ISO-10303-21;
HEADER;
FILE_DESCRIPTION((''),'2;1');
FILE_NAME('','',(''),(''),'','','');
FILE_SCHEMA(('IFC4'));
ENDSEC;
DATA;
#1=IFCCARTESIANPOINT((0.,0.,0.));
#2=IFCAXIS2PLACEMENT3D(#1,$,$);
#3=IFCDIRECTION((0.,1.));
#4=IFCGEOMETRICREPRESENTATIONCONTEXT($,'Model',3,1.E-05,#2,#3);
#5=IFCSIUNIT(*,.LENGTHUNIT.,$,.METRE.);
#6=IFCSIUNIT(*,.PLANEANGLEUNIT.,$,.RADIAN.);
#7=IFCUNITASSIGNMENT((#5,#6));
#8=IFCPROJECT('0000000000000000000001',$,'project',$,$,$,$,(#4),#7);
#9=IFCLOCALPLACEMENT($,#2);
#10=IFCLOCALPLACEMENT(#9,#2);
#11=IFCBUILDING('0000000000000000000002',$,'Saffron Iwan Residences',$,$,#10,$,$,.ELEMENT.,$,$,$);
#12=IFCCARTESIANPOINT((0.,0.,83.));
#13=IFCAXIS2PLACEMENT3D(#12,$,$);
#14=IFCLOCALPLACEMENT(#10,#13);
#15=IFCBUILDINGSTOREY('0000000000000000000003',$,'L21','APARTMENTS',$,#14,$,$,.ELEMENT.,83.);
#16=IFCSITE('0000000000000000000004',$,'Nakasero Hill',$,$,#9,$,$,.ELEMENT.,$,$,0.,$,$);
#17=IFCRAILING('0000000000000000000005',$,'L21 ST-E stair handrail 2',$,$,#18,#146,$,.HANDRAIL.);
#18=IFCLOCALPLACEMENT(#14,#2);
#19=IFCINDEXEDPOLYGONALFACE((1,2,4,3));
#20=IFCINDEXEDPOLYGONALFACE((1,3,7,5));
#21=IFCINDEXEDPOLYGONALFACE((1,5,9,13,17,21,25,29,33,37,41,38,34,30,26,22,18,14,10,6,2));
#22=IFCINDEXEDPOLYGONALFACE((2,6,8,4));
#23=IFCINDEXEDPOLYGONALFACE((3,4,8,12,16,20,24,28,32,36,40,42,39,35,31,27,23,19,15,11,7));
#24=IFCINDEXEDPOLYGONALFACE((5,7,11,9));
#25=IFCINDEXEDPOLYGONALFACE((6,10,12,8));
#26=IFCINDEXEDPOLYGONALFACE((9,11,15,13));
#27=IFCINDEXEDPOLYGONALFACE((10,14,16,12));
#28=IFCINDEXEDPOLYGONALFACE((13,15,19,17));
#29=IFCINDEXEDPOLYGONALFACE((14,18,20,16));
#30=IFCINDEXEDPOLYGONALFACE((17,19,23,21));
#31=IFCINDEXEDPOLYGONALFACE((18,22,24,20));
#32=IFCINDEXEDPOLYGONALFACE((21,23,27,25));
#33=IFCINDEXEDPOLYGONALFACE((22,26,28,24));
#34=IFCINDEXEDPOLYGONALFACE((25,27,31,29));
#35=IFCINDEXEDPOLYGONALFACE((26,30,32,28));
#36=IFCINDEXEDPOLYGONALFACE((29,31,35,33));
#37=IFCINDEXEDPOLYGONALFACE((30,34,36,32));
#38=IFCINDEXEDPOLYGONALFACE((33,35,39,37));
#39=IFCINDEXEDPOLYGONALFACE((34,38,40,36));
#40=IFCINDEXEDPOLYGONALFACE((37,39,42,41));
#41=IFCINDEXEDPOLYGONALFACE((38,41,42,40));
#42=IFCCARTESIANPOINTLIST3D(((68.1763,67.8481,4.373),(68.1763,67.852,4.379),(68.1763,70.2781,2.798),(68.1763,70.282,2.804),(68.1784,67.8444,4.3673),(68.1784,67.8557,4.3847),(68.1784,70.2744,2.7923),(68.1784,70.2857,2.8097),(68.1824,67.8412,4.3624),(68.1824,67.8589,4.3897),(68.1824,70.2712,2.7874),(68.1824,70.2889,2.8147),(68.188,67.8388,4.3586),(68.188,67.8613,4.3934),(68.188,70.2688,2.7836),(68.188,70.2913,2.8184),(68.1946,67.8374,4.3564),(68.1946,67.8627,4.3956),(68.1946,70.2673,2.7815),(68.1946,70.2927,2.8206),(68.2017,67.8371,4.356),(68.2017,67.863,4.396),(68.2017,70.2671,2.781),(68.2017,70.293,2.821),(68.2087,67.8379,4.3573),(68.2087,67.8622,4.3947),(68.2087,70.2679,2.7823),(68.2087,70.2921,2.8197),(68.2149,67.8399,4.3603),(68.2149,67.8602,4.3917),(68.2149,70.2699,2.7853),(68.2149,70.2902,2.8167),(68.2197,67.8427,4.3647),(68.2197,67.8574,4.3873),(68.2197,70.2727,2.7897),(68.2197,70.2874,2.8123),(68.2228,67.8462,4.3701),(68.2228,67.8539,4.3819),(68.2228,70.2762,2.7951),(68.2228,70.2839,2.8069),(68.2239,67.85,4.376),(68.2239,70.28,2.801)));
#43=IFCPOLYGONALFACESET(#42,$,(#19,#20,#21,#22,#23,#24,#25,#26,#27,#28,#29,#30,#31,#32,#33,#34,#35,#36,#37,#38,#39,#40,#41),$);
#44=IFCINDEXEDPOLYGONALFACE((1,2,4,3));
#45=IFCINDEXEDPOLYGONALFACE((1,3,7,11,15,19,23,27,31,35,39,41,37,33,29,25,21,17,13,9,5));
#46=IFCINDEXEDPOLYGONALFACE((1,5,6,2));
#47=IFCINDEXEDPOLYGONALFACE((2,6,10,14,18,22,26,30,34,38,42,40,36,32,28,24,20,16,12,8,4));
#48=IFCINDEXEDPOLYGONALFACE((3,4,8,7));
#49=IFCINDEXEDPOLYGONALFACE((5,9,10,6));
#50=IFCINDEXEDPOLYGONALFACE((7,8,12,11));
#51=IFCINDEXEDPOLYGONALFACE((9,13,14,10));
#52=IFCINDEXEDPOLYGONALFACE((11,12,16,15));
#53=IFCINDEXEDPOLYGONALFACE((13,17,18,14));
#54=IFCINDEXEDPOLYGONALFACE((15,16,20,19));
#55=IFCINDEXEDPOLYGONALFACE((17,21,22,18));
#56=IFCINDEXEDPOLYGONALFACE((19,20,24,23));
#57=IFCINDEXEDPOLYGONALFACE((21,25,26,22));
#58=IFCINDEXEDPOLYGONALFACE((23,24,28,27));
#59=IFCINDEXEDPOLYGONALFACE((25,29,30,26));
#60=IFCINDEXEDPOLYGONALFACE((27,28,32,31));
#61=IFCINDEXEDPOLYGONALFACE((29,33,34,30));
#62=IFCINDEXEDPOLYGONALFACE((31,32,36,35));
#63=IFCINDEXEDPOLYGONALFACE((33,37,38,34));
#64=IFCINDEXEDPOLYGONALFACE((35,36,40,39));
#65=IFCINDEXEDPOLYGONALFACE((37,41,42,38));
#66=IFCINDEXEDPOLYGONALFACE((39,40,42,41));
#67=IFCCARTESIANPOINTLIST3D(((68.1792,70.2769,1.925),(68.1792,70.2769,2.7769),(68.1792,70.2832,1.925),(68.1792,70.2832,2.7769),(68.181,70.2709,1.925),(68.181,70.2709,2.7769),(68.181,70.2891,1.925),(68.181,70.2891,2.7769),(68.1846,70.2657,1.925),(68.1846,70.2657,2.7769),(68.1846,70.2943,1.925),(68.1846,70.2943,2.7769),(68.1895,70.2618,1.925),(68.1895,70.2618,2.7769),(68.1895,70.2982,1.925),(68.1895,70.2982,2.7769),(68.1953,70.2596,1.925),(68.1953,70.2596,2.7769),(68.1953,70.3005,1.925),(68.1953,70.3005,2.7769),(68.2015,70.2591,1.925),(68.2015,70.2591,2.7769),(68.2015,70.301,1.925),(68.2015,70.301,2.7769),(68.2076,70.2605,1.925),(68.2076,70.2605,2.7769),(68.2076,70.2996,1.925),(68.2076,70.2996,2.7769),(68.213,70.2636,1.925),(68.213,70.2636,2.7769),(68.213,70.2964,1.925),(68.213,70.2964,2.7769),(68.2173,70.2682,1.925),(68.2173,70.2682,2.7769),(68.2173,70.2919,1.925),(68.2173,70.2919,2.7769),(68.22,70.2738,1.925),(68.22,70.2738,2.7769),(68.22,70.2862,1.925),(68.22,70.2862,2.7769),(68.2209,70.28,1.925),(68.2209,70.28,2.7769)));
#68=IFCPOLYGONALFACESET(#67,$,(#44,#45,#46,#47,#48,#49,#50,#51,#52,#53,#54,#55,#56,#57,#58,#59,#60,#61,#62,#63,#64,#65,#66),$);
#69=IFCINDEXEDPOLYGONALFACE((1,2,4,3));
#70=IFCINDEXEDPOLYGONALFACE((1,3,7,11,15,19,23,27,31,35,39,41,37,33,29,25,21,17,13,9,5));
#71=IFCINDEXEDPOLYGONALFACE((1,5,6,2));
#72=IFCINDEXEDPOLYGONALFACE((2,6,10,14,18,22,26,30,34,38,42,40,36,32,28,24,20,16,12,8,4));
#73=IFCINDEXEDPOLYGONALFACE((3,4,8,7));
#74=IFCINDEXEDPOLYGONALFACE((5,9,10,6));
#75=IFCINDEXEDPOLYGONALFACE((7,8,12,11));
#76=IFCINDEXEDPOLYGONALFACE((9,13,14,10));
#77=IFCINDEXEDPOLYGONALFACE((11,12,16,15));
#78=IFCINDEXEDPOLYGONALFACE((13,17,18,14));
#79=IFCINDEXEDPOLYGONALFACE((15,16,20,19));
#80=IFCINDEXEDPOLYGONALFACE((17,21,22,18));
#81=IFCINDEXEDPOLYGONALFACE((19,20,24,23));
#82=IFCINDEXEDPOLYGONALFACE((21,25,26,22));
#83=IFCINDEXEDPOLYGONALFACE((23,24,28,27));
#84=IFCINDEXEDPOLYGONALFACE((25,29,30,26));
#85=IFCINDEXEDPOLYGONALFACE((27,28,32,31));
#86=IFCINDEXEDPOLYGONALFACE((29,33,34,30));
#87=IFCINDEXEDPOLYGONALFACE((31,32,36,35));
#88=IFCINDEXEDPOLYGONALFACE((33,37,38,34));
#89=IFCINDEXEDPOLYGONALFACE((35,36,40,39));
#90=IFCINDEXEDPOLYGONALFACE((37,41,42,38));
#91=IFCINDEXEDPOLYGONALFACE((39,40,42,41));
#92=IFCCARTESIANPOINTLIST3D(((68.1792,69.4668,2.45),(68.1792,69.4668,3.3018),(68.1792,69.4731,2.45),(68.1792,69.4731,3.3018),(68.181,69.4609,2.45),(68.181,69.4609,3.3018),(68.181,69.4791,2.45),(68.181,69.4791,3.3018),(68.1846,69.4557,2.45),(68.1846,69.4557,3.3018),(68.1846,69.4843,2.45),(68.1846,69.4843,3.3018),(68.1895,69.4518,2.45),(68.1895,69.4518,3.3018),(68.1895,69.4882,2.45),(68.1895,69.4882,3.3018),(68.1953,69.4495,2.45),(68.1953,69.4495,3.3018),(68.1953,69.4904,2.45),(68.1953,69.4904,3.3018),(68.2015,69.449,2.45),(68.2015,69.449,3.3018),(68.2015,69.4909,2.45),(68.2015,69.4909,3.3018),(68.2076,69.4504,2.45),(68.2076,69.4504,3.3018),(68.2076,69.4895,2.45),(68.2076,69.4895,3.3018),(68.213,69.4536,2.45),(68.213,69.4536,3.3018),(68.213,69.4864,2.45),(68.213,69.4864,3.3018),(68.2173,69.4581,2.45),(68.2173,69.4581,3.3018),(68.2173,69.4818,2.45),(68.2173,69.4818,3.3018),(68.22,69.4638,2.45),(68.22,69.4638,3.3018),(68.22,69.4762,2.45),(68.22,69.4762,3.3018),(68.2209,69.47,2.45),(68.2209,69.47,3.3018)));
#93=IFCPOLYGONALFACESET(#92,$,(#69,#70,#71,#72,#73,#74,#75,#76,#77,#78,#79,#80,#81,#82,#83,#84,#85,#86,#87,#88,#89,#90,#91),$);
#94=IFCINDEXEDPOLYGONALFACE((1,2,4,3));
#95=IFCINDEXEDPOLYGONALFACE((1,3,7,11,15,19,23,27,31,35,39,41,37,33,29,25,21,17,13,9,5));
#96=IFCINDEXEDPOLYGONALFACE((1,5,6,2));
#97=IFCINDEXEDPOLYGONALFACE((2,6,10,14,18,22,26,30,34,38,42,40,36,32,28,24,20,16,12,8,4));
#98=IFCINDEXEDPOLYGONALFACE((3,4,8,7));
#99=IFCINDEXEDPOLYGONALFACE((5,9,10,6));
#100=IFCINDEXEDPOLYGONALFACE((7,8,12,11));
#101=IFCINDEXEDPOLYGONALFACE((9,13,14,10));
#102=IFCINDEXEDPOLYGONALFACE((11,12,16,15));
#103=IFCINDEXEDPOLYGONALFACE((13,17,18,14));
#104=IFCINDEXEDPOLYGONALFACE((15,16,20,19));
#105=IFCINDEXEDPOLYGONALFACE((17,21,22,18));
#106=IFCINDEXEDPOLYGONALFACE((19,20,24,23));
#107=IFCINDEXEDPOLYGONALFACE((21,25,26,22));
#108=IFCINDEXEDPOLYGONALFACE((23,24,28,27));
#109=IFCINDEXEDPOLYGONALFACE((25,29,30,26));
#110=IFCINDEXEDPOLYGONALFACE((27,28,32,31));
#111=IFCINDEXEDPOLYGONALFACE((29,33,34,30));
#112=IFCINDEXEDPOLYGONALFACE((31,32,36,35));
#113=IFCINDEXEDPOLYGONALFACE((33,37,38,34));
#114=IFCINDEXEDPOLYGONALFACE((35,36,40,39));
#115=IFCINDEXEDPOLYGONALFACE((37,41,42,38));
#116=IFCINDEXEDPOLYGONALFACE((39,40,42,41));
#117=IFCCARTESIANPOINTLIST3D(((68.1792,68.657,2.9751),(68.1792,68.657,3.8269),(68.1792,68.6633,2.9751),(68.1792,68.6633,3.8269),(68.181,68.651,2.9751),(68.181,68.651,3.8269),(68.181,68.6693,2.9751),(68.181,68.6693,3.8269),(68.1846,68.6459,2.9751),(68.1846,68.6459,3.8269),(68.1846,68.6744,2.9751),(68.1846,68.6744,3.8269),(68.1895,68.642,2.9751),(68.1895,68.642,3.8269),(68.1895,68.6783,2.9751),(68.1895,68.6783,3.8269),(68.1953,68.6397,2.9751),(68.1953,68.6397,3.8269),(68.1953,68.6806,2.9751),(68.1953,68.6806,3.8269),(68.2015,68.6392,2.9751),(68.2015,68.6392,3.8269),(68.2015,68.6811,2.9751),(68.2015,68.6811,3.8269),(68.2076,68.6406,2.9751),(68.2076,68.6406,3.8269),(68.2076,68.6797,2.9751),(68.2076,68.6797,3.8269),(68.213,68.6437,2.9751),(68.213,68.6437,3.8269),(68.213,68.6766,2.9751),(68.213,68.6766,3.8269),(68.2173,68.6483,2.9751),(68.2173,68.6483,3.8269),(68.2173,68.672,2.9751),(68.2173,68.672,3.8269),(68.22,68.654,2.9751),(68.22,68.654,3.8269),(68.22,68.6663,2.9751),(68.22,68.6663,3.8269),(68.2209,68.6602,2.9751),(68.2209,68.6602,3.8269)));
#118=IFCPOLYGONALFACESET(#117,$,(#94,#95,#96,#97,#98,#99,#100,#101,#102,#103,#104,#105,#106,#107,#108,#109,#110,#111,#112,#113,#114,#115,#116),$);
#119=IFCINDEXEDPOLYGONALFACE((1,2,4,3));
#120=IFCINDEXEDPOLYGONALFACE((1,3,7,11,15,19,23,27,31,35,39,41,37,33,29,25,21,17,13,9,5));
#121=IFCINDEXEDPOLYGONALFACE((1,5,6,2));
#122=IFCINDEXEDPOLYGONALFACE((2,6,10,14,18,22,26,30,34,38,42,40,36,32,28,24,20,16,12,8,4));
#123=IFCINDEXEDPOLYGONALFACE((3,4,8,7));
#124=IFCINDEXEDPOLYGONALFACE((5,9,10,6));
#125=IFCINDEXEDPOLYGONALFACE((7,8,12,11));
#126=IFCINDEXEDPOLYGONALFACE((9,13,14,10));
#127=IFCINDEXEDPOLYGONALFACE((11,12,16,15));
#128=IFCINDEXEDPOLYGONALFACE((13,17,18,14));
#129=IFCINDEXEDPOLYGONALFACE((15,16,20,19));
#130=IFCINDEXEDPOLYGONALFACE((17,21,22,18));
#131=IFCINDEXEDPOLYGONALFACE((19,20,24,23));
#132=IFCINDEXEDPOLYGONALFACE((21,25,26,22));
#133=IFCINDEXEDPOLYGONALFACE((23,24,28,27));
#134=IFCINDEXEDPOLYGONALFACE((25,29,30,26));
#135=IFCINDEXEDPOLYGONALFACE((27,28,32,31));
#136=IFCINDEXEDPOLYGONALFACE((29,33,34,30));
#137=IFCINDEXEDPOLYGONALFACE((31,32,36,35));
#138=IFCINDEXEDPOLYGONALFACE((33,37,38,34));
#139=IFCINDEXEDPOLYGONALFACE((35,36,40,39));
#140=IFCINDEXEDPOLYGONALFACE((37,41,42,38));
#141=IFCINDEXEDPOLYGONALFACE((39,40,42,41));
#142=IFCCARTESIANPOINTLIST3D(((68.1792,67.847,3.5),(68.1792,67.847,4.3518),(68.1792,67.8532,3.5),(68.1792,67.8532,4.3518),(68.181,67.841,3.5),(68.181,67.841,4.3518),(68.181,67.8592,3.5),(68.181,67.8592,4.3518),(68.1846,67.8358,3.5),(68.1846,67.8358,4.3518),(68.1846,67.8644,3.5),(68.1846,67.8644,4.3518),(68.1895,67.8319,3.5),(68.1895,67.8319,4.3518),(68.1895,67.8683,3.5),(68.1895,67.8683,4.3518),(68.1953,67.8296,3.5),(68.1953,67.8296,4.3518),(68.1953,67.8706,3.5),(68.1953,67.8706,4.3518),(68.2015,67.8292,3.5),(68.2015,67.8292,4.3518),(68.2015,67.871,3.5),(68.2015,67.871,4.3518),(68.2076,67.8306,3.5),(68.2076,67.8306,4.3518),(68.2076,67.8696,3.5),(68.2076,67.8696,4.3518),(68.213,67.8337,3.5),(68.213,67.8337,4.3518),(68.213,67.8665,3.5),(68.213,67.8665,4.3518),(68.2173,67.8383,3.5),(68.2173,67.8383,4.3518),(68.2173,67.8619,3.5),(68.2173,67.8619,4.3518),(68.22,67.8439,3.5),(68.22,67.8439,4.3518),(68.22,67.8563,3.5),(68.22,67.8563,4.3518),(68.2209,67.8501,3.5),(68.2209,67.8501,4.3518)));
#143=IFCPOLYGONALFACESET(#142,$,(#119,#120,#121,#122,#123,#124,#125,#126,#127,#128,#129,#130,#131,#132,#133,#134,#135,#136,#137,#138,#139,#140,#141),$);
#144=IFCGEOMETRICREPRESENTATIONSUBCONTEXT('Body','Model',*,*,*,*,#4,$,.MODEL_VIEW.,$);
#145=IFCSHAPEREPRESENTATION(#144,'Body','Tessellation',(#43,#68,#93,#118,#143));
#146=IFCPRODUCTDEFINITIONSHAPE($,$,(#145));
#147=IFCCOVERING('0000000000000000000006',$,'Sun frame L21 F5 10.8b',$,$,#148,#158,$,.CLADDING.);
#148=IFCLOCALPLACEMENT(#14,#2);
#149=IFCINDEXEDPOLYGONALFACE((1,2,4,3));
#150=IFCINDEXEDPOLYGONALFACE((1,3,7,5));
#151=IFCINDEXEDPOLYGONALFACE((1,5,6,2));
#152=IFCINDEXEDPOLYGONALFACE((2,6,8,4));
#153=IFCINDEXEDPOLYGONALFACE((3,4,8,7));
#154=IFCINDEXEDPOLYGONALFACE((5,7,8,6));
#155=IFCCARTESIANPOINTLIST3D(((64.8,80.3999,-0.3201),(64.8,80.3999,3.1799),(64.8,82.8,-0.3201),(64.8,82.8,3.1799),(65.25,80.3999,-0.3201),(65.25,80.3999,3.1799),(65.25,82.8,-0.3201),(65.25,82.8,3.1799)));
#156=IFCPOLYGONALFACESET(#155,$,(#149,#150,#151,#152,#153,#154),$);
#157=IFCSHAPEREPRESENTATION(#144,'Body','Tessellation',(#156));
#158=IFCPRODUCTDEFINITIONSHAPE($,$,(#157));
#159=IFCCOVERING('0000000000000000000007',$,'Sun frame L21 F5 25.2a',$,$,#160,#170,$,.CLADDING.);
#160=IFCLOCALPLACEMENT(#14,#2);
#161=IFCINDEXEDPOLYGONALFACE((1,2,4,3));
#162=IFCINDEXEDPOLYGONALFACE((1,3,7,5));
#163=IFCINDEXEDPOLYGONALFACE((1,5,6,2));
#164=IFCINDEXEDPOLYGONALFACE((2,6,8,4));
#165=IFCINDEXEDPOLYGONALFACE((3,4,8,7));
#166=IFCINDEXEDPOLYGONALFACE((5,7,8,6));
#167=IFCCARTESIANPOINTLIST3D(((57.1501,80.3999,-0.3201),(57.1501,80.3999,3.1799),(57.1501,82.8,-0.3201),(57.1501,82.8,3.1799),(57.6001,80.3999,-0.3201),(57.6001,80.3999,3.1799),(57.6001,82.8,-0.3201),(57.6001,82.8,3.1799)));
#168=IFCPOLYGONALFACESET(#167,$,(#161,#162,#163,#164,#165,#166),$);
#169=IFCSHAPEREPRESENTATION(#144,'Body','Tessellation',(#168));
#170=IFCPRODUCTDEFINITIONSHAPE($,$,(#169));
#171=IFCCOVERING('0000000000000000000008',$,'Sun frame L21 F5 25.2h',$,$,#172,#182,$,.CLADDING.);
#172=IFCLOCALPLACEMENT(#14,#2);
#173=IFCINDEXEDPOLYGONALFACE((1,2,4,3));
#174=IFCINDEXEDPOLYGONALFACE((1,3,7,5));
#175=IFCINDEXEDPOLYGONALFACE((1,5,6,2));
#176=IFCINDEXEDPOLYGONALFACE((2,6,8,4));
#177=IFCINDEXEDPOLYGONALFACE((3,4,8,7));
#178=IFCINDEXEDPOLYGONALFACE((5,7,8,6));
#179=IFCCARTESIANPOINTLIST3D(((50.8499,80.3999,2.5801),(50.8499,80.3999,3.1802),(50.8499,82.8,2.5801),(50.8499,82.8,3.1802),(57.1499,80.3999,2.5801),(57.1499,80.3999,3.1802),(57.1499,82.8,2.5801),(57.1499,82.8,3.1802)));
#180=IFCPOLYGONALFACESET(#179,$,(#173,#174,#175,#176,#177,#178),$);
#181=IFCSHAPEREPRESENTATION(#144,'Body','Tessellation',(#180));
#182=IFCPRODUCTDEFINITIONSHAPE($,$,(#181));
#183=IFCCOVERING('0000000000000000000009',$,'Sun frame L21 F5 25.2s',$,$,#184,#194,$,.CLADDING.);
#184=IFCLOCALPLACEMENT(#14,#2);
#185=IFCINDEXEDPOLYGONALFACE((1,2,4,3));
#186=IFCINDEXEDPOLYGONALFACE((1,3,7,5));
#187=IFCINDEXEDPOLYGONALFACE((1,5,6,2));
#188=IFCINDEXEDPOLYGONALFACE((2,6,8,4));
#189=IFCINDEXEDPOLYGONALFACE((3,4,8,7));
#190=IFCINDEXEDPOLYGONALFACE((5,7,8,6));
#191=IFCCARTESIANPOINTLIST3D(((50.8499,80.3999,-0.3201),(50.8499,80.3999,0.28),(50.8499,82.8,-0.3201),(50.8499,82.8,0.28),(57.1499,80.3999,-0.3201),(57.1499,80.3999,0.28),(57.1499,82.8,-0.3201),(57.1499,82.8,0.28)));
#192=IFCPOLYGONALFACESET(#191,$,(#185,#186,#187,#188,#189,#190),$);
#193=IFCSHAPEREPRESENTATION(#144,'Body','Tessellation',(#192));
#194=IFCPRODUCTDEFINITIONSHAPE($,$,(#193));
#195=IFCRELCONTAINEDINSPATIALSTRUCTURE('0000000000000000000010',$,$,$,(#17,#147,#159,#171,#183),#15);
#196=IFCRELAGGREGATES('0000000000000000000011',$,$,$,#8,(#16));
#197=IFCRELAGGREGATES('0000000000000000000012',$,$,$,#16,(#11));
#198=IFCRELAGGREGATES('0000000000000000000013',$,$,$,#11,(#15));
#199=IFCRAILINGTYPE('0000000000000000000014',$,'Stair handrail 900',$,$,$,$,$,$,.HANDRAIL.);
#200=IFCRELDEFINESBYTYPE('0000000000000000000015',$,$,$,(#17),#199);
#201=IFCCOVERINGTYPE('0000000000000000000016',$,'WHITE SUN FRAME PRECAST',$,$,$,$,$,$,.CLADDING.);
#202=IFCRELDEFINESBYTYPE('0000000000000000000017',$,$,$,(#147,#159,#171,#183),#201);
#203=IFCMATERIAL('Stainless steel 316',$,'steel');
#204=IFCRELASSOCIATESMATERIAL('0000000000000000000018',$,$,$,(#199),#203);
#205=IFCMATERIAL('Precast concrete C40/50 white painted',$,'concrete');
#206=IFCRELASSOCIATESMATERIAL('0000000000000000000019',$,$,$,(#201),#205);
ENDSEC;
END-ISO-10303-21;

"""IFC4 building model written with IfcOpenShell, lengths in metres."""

from ifc_helpers import new_model, si_unit, direction, frame, origin, origin_2d, place, context, subcontext, project, spatial, polyline, circle, outline, extrude, material, type_object, element, save


model = new_model("IFC4")

# Units and contexts
model_context = context("Model", 3, precision=1e-05, world=origin(), true_north=direction((0.0, 1.0)))
body_context = subcontext(model_context, "Body", "Model", "MODEL_VIEW")
ifc_project = project(units=[si_unit("LENGTHUNIT", "METRE"), si_unit("PLANEANGLEUNIT", "RADIAN")], contexts=[model_context])

# Site, building, storey
site_placement = place(None, origin())
site = spatial("IfcSite", under=ifc_project, at=site_placement, Name="Nakasero Hill", CompositionType="ELEMENT", RefElevation=0.0)
building_placement = place(site_placement, origin())
building = spatial("IfcBuilding", under=site, at=building_placement, Name="Saffron Iwan Residences", CompositionType="ELEMENT")
storey_placement = place(building_placement, frame((0.0, 0.0, 83.0)))
storey = spatial("IfcBuildingStorey", under=building, at=storey_placement, Name="L21", Description="APARTMENTS", CompositionType="ELEMENT", Elevation=83.0)

# Railing
ifc_material_1 = material(Name="Stainless steel 316", Category="steel")
railing_type_1 = type_object("IfcRailingType", Name="Stair handrail 900", PredefinedType="HANDRAIL", material=ifc_material_1)
railing_1_placement = place(storey_placement, frame((68.2, 70.28, 1.925)))
element("IfcRailing", 1, at=railing_1_placement, inside=storey, type_object=railing_type_1, Name="L21 ST-E stair handrail 2", PredefinedType="HANDRAIL", context=body_context, shape_type="SweptSolid", body=[
    extrude(circle(Radius=0.0239, at=origin_2d()), frame((0.0, 0.0, 0.876), z_axis=(0.0, -0.839154, 0.543894), x_axis=(1.0, 0.0, 0.0)), (0.0, 0.0, 1.0), 2.8958),
    extrude(circle(Radius=0.021, at=origin_2d()), origin(), (0.0, 0.0, 1.0), 0.8518),
    extrude(circle(Radius=0.021, at=origin_2d()), frame((0.0, -0.8101, 0.5249)), (0.0, 0.0, 1.0), 0.8518),
    extrude(circle(Radius=0.021, at=origin_2d()), frame((0.0, -1.6199, 1.05)), (0.0, 0.0, 1.0), 0.8518),
    extrude(circle(Radius=0.021, at=origin_2d()), frame((0.0, -2.4299, 1.575)), (0.0, 0.0, 1.0), 0.8518),
])

# Coverings
ifc_material_2 = material(Name="Precast concrete C40/50 white painted", Category="concrete")
covering_type_1 = type_object("IfcCoveringType", Name="WHITE SUN FRAME PRECAST", PredefinedType="CLADDING", material=ifc_material_2)
for number, where, z_axis, x_axis, name in (
    (2, (65.25, 80.3999, -0.3201), (0.0, 1.0, 0.0), (-1.0, 0.0, 0.0), "Sun frame L21 F5 10.8b"),
    (3, (57.6001, 80.3999, -0.3201), (0.0, 1.0, 0.0), (-1.0, 0.0, 0.0), "Sun frame L21 F5 25.2a"),
):
    element("IfcCovering", number, at=place(storey_placement, frame(where, z_axis=z_axis, x_axis=x_axis)), inside=storey, type_object=covering_type_1, Name=name, PredefinedType="CLADDING", context=body_context, shape_type="SweptSolid", body=[
        extrude(outline(polyline([(0.0, 0.0), (0.45, 0.0), (0.45, 3.5), (0.0, 3.5), (0.0, 0.0)])), origin(), (0.0, 0.0, 1.0), 2.4001),
    ])
for number, where, z_axis, x_axis, name in (
    (4, (57.1499, 80.3999, 2.5801), (0.0, 1.0, 0.0), (-1.0, 0.0, 0.0), "Sun frame L21 F5 25.2h"),
    (5, (57.1499, 80.3999, -0.3201), (0.0, 1.0, 0.0), (-1.0, 0.0, 0.0), "Sun frame L21 F5 25.2s"),
):
    element("IfcCovering", number, at=place(storey_placement, frame(where, z_axis=z_axis, x_axis=x_axis)), inside=storey, type_object=covering_type_1, Name=name, PredefinedType="CLADDING", context=body_context, shape_type="SweptSolid", body=[
        extrude(outline(polyline([(0.0, 0.0), (6.3, 0.0), (6.3, 0.6001), (0.0, 0.6001), (0.0, 0.0)])), origin(), (0.0, 0.0, 1.0), 2.4001),
    ])

save(model, "model.ifc")
